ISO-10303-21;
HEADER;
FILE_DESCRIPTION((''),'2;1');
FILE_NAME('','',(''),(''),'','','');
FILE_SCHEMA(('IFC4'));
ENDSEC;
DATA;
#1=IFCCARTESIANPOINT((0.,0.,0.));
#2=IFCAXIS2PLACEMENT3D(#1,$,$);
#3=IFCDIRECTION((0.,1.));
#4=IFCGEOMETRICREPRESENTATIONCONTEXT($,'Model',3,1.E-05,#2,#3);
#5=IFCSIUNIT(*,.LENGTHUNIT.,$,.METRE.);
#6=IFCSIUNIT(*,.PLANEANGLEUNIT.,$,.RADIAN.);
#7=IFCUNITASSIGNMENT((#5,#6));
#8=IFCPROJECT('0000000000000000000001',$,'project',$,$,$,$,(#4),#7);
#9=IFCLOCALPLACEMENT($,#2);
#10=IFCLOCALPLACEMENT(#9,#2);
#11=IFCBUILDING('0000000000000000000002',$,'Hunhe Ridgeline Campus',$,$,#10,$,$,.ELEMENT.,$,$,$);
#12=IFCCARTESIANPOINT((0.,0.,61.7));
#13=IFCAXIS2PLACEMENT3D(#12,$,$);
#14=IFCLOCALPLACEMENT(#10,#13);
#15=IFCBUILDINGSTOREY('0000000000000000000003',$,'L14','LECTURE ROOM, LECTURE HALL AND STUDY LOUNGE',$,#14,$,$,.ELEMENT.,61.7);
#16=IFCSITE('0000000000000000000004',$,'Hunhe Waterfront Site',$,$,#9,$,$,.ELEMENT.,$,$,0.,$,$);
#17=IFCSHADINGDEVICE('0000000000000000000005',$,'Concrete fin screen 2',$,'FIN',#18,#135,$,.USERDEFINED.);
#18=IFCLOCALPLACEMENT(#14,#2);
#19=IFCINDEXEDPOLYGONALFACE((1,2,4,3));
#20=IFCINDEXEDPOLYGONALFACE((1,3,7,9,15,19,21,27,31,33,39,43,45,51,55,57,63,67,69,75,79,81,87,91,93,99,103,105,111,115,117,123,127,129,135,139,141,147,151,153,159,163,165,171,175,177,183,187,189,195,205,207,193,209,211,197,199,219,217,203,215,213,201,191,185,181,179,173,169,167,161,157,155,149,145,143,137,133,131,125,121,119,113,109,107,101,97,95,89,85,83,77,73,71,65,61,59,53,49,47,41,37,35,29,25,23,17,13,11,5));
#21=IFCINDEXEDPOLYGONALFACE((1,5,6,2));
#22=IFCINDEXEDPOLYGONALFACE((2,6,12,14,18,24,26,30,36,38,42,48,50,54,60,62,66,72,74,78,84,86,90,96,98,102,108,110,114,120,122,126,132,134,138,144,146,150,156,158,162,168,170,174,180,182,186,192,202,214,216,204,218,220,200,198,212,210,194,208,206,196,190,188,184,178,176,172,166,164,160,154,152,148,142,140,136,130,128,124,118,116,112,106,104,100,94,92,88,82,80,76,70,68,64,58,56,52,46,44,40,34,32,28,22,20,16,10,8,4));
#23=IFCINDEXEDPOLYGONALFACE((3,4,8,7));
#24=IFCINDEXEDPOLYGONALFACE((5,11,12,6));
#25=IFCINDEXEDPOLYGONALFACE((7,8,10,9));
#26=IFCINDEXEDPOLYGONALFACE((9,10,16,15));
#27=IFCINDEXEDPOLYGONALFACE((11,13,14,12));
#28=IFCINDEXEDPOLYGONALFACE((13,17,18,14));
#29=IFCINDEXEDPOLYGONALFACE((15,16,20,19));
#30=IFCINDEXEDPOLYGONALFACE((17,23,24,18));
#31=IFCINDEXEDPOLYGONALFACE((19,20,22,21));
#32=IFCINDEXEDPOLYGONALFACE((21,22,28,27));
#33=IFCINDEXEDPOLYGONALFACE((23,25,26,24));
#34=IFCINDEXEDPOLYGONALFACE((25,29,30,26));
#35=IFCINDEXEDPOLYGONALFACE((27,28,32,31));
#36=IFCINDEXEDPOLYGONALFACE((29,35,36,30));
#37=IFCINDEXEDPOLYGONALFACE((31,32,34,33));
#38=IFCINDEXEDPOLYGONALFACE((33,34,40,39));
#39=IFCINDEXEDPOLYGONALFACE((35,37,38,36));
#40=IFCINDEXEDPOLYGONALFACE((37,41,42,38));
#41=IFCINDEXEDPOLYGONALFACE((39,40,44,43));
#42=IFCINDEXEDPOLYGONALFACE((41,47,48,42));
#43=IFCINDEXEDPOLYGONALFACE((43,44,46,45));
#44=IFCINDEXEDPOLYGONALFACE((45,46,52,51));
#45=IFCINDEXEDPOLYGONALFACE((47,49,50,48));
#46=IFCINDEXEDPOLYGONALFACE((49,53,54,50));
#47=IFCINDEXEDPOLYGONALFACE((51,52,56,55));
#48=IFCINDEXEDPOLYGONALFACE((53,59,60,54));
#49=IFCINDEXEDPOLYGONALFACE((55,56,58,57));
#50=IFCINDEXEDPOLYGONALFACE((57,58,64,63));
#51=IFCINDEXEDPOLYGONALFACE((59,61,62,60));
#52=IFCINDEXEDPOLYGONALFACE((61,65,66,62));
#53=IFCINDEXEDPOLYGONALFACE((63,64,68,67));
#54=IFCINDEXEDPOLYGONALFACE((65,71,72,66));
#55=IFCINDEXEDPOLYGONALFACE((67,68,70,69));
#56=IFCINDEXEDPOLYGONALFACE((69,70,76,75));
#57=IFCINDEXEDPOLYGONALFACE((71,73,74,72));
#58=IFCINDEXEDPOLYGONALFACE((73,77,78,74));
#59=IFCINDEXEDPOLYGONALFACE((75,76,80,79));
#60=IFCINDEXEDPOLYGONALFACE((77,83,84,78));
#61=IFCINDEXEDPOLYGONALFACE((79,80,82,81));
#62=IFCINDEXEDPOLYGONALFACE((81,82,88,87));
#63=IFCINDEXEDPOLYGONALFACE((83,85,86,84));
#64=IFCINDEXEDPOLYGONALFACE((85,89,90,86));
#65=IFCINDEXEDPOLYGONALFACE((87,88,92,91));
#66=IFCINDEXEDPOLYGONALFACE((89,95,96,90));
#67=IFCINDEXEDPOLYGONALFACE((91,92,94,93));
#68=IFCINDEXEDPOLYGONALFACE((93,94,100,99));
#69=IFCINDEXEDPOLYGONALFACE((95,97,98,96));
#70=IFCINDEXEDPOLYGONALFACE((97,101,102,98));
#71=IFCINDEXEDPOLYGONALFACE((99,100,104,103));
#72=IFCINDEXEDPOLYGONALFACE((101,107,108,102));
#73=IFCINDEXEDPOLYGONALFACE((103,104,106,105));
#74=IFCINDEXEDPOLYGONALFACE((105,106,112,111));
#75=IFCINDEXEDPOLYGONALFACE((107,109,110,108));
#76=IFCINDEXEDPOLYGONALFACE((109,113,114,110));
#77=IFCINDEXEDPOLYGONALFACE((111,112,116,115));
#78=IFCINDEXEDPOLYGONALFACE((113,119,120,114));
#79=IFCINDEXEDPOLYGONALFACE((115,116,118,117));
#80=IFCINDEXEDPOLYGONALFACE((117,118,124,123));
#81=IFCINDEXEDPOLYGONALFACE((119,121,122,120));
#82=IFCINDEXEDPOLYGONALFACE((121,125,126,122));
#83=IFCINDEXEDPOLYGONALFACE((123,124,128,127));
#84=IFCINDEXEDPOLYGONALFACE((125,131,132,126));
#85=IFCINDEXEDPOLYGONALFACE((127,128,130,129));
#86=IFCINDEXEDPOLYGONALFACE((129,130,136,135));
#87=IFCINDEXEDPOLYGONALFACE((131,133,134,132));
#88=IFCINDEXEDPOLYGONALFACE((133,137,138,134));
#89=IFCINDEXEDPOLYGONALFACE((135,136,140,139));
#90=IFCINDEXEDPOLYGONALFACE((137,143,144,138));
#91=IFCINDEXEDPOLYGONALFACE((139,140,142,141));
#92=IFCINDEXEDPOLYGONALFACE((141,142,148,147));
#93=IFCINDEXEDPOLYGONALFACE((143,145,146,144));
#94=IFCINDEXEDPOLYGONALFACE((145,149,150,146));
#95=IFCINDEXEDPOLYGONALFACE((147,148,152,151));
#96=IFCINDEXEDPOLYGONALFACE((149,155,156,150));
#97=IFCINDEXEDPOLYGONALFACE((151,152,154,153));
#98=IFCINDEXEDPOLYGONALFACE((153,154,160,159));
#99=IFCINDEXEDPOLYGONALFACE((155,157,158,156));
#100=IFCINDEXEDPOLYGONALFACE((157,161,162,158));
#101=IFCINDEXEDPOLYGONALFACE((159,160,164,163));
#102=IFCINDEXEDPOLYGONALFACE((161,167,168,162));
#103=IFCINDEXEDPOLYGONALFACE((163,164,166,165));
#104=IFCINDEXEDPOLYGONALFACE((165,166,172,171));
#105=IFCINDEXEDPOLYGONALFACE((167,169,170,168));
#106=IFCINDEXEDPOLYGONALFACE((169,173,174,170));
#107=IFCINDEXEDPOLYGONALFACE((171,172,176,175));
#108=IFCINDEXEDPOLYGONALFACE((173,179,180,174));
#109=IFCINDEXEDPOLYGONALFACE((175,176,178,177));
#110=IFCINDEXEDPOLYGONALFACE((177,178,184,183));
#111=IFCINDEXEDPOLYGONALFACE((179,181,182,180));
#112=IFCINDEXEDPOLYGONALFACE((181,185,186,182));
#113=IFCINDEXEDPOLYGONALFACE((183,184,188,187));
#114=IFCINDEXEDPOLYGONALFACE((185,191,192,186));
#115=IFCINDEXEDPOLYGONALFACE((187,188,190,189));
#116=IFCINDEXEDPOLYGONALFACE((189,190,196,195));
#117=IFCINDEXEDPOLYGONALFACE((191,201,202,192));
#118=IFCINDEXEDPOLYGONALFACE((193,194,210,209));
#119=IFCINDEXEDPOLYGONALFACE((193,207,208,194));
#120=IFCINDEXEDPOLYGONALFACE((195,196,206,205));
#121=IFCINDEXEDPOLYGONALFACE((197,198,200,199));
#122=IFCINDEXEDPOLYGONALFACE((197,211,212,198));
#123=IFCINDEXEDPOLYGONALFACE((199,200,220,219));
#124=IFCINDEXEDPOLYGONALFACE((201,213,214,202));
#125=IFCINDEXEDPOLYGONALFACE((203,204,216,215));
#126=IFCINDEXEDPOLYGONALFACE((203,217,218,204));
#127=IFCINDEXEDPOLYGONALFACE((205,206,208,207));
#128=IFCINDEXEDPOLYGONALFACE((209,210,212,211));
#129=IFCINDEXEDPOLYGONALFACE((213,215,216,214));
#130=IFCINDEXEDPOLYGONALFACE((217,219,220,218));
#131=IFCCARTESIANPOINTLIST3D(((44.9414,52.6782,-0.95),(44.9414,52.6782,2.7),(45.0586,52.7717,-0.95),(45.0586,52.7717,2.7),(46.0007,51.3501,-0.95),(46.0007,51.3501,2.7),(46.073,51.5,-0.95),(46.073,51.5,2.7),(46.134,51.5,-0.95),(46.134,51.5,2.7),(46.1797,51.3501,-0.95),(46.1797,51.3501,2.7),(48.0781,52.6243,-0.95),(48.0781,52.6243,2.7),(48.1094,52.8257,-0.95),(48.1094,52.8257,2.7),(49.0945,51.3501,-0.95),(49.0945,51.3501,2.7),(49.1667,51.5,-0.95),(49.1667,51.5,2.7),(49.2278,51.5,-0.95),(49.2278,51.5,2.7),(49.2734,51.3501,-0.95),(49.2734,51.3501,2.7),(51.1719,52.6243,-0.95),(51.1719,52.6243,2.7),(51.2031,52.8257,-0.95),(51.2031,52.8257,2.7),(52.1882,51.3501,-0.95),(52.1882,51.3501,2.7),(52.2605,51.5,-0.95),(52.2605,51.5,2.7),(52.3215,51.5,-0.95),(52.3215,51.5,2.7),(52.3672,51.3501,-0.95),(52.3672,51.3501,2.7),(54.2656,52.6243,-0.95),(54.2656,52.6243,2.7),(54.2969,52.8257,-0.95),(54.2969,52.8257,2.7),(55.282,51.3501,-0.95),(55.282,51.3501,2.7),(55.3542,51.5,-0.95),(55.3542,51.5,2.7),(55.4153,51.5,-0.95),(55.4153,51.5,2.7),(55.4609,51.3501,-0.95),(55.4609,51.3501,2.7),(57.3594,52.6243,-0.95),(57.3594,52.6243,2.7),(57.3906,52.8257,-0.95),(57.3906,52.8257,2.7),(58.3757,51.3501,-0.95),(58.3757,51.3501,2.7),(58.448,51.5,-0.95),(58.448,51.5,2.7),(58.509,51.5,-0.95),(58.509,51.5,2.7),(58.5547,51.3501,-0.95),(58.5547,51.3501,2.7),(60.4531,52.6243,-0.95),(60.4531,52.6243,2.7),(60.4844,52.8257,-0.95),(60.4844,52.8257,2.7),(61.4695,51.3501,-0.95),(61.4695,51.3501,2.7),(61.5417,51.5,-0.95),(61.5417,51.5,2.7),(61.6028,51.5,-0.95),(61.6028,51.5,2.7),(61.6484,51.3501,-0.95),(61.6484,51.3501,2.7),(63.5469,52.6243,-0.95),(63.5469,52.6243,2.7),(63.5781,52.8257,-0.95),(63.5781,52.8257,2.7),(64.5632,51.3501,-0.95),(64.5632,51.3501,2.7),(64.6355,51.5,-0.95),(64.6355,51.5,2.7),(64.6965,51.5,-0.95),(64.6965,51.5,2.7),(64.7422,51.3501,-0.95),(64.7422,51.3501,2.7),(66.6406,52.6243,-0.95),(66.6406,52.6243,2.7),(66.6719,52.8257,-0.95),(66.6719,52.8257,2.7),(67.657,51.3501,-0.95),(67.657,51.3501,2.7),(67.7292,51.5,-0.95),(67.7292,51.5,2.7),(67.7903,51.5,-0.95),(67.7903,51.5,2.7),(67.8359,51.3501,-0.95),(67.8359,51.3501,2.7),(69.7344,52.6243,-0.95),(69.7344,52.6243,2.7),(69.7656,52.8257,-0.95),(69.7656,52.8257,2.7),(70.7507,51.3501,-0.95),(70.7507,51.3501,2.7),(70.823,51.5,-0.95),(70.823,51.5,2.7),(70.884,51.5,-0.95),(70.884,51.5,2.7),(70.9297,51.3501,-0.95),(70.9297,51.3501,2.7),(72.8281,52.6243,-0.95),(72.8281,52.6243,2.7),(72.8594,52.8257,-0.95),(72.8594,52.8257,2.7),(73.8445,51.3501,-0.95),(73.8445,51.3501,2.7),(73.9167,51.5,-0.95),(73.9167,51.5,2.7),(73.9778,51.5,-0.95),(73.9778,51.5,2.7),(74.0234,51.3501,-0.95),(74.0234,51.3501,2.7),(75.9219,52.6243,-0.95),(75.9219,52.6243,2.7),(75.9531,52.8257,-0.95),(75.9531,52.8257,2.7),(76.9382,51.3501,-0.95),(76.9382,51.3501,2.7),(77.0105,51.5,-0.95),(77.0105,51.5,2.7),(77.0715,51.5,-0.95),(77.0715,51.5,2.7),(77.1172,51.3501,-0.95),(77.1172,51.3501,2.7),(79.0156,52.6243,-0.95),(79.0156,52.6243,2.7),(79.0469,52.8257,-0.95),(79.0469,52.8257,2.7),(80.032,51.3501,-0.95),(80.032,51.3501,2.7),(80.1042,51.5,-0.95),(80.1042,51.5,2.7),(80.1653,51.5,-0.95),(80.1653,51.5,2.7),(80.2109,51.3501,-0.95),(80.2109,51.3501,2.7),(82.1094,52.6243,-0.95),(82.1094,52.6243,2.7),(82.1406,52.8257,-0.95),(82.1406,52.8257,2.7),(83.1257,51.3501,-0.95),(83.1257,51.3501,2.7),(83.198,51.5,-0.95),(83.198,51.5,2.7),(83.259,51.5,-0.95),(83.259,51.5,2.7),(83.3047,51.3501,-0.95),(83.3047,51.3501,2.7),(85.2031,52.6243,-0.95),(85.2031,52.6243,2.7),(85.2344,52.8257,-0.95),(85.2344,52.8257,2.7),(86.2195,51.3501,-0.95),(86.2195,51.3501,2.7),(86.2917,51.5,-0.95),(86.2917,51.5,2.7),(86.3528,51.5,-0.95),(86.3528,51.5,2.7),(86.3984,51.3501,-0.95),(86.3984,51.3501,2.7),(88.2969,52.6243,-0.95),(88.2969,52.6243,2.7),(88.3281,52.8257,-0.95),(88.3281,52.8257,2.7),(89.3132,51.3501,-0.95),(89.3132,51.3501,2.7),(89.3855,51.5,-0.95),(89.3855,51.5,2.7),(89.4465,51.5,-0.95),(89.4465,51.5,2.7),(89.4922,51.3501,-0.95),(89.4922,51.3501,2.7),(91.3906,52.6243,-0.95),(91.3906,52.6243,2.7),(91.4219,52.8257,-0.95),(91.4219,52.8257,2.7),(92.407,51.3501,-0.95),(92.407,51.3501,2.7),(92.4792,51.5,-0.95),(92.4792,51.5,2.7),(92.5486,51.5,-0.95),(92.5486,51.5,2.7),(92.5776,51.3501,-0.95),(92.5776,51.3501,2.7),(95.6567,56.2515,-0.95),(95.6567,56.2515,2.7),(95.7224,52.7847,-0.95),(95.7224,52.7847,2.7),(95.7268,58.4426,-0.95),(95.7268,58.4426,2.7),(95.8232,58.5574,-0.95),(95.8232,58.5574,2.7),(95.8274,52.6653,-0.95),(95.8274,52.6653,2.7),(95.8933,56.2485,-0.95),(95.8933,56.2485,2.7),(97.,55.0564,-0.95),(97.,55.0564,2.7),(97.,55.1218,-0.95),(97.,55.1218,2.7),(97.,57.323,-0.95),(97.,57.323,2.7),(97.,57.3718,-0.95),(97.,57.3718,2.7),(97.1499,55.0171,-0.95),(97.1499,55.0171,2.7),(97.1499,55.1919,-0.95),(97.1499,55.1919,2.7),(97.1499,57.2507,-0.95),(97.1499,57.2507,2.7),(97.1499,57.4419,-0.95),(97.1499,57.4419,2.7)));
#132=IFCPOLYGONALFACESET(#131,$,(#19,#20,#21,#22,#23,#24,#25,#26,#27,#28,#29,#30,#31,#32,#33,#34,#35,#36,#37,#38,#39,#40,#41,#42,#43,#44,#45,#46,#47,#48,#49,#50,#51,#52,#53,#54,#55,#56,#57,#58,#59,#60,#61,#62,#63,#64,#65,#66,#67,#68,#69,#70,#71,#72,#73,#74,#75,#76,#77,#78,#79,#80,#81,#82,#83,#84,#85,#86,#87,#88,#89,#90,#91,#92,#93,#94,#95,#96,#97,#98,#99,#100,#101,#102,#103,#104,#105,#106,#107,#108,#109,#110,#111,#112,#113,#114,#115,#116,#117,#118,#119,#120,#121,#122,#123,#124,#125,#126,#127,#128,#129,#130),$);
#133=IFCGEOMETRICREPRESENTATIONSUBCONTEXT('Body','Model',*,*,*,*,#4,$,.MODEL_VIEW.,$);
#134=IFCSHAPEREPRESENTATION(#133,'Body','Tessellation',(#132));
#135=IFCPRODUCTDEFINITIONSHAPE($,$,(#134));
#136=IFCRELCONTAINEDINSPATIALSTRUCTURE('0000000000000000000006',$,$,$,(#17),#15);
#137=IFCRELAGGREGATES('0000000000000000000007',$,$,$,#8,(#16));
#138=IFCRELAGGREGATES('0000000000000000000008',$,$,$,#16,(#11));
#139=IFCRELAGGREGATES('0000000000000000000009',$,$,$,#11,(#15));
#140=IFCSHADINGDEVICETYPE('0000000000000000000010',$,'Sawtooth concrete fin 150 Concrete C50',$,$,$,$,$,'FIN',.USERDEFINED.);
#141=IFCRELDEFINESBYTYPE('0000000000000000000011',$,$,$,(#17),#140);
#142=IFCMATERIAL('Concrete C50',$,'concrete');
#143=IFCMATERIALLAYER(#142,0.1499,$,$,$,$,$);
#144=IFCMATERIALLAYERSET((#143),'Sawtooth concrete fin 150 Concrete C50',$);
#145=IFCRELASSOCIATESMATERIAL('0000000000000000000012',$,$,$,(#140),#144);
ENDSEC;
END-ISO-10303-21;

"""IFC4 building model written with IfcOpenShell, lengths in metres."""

from ifc_helpers import new_model, si_unit, direction, frame, origin, place, context, subcontext, project, spatial, polyline, outline, extrude, material, layer, layer_set, type_object, element, save


model = new_model("IFC4")

# Units and contexts
model_context = context("Model", 3, precision=1e-05, world=origin(), true_north=direction((0.0, 1.0)))
body_context = subcontext(model_context, "Body", "Model", "MODEL_VIEW")
ifc_project = project(units=[si_unit("LENGTHUNIT", "METRE"), si_unit("PLANEANGLEUNIT", "RADIAN")], contexts=[model_context])

# Site, building, storey
site_placement = place(None, origin())
site = spatial("IfcSite", under=ifc_project, at=site_placement, Name="Hunhe Waterfront Site", CompositionType="ELEMENT", RefElevation=0.0)
building_placement = place(site_placement, origin())
building = spatial("IfcBuilding", under=site, at=building_placement, Name="Hunhe Ridgeline Campus", CompositionType="ELEMENT")
storey_placement = place(building_placement, frame((0.0, 0.0, 61.7)))
storey = spatial("IfcBuildingStorey", under=building, at=storey_placement, Name="L14", Description="LECTURE ROOM, LECTURE HALL AND STUDY LOUNGE", CompositionType="ELEMENT", Elevation=61.7)

# Shading device
ifc_material_1 = material(Name="Concrete C50", Category="concrete")
ifc_layer_1 = layer(ifc_material_1, 0.1499)
ifc_layer_set_1 = layer_set([ifc_layer_1], Name="Sawtooth concrete fin 150 Concrete C50")
shading_device_type = type_object("IfcShadingDeviceType", Name="Sawtooth concrete fin 150 Concrete C50", ElementType="FIN", PredefinedType="USERDEFINED", material=ifc_layer_set_1)
shading_device_1_placement = place(storey_placement, frame((0.0, 0.0, -0.95)))
element("IfcShadingDevice", 1, at=shading_device_1_placement, inside=storey, type_object=shading_device_type, Name="Concrete fin screen 2", ObjectType="FIN", PredefinedType="USERDEFINED", context=body_context, shape_type="SweptSolid", body=[
    extrude(outline(polyline([(45.0586, 52.7717), (44.9414, 52.6782), (46.0007, 51.3501), (46.1797, 51.3501), (48.0781, 52.6243), (49.0945, 51.3501), (49.2734, 51.3501), (51.1719, 52.6243), (52.1882, 51.3501), (52.3672, 51.3501), (54.2656, 52.6243), (55.282, 51.3501), (55.4609, 51.3501), (57.3594, 52.6243), (58.3757, 51.3501), (58.5547, 51.3501), (60.4531, 52.6243), (61.4695, 51.3501), (61.6484, 51.3501), (63.5469, 52.6243), (64.5632, 51.3501), (64.7422, 51.3501), (66.6406, 52.6243), (67.657, 51.3501), (67.8359, 51.3501), (69.7344, 52.6243), (70.7507, 51.3501), (70.9297, 51.3501), (72.8281, 52.6243), (73.8445, 51.3501), (74.0234, 51.3501), (75.9219, 52.6243), (76.9382, 51.3501), (77.1172, 51.3501), (79.0156, 52.6243), (80.032, 51.3501), (80.2109, 51.3501), (82.1094, 52.6243), (83.1257, 51.3501), (83.3047, 51.3501), (85.2031, 52.6243), (86.2195, 51.3501), (86.3984, 51.3501), (88.2969, 52.6243), (89.3132, 51.3501), (89.4922, 51.3501), (91.3906, 52.6243), (92.407, 51.3501), (92.5776, 51.3501), (95.8274, 52.6653), (97.1499, 55.0171), (97.1499, 55.1919), (95.8933, 56.2485), (97.1499, 57.2507), (97.1499, 57.4419), (95.8232, 58.5574), (95.7268, 58.4426), (97.0, 57.3718), (97.0, 57.323), (95.6567, 56.2515), (97.0, 55.1218), (97.0, 55.0564), (95.7224, 52.7847), (92.5486, 51.5), (92.4792, 51.5), (91.4219, 52.8257), (89.4465, 51.5), (89.3855, 51.5), (88.3281, 52.8257), (86.3528, 51.5), (86.2917, 51.5), (85.2344, 52.8257), (83.259, 51.5), (83.198, 51.5), (82.1406, 52.8257), (80.1653, 51.5), (80.1042, 51.5), (79.0469, 52.8257), (77.0715, 51.5), (77.0105, 51.5), (75.9531, 52.8257), (73.9778, 51.5), (73.9167, 51.5), (72.8594, 52.8257), (70.884, 51.5), (70.823, 51.5), (69.7656, 52.8257), (67.7903, 51.5), (67.7292, 51.5), (66.6719, 52.8257), (64.6965, 51.5), (64.6355, 51.5), (63.5781, 52.8257), (61.6028, 51.5), (61.5417, 51.5), (60.4844, 52.8257), (58.509, 51.5), (58.448, 51.5), (57.3906, 52.8257), (55.4153, 51.5), (55.3542, 51.5), (54.2969, 52.8257), (52.3215, 51.5), (52.2605, 51.5), (51.2031, 52.8257), (49.2278, 51.5), (49.1667, 51.5), (48.1094, 52.8257), (46.134, 51.5), (46.073, 51.5), (45.0586, 52.7717)])), origin(), (0.0, 0.0, 1.0), 3.6499),
])

save(model, "model.ifc")
